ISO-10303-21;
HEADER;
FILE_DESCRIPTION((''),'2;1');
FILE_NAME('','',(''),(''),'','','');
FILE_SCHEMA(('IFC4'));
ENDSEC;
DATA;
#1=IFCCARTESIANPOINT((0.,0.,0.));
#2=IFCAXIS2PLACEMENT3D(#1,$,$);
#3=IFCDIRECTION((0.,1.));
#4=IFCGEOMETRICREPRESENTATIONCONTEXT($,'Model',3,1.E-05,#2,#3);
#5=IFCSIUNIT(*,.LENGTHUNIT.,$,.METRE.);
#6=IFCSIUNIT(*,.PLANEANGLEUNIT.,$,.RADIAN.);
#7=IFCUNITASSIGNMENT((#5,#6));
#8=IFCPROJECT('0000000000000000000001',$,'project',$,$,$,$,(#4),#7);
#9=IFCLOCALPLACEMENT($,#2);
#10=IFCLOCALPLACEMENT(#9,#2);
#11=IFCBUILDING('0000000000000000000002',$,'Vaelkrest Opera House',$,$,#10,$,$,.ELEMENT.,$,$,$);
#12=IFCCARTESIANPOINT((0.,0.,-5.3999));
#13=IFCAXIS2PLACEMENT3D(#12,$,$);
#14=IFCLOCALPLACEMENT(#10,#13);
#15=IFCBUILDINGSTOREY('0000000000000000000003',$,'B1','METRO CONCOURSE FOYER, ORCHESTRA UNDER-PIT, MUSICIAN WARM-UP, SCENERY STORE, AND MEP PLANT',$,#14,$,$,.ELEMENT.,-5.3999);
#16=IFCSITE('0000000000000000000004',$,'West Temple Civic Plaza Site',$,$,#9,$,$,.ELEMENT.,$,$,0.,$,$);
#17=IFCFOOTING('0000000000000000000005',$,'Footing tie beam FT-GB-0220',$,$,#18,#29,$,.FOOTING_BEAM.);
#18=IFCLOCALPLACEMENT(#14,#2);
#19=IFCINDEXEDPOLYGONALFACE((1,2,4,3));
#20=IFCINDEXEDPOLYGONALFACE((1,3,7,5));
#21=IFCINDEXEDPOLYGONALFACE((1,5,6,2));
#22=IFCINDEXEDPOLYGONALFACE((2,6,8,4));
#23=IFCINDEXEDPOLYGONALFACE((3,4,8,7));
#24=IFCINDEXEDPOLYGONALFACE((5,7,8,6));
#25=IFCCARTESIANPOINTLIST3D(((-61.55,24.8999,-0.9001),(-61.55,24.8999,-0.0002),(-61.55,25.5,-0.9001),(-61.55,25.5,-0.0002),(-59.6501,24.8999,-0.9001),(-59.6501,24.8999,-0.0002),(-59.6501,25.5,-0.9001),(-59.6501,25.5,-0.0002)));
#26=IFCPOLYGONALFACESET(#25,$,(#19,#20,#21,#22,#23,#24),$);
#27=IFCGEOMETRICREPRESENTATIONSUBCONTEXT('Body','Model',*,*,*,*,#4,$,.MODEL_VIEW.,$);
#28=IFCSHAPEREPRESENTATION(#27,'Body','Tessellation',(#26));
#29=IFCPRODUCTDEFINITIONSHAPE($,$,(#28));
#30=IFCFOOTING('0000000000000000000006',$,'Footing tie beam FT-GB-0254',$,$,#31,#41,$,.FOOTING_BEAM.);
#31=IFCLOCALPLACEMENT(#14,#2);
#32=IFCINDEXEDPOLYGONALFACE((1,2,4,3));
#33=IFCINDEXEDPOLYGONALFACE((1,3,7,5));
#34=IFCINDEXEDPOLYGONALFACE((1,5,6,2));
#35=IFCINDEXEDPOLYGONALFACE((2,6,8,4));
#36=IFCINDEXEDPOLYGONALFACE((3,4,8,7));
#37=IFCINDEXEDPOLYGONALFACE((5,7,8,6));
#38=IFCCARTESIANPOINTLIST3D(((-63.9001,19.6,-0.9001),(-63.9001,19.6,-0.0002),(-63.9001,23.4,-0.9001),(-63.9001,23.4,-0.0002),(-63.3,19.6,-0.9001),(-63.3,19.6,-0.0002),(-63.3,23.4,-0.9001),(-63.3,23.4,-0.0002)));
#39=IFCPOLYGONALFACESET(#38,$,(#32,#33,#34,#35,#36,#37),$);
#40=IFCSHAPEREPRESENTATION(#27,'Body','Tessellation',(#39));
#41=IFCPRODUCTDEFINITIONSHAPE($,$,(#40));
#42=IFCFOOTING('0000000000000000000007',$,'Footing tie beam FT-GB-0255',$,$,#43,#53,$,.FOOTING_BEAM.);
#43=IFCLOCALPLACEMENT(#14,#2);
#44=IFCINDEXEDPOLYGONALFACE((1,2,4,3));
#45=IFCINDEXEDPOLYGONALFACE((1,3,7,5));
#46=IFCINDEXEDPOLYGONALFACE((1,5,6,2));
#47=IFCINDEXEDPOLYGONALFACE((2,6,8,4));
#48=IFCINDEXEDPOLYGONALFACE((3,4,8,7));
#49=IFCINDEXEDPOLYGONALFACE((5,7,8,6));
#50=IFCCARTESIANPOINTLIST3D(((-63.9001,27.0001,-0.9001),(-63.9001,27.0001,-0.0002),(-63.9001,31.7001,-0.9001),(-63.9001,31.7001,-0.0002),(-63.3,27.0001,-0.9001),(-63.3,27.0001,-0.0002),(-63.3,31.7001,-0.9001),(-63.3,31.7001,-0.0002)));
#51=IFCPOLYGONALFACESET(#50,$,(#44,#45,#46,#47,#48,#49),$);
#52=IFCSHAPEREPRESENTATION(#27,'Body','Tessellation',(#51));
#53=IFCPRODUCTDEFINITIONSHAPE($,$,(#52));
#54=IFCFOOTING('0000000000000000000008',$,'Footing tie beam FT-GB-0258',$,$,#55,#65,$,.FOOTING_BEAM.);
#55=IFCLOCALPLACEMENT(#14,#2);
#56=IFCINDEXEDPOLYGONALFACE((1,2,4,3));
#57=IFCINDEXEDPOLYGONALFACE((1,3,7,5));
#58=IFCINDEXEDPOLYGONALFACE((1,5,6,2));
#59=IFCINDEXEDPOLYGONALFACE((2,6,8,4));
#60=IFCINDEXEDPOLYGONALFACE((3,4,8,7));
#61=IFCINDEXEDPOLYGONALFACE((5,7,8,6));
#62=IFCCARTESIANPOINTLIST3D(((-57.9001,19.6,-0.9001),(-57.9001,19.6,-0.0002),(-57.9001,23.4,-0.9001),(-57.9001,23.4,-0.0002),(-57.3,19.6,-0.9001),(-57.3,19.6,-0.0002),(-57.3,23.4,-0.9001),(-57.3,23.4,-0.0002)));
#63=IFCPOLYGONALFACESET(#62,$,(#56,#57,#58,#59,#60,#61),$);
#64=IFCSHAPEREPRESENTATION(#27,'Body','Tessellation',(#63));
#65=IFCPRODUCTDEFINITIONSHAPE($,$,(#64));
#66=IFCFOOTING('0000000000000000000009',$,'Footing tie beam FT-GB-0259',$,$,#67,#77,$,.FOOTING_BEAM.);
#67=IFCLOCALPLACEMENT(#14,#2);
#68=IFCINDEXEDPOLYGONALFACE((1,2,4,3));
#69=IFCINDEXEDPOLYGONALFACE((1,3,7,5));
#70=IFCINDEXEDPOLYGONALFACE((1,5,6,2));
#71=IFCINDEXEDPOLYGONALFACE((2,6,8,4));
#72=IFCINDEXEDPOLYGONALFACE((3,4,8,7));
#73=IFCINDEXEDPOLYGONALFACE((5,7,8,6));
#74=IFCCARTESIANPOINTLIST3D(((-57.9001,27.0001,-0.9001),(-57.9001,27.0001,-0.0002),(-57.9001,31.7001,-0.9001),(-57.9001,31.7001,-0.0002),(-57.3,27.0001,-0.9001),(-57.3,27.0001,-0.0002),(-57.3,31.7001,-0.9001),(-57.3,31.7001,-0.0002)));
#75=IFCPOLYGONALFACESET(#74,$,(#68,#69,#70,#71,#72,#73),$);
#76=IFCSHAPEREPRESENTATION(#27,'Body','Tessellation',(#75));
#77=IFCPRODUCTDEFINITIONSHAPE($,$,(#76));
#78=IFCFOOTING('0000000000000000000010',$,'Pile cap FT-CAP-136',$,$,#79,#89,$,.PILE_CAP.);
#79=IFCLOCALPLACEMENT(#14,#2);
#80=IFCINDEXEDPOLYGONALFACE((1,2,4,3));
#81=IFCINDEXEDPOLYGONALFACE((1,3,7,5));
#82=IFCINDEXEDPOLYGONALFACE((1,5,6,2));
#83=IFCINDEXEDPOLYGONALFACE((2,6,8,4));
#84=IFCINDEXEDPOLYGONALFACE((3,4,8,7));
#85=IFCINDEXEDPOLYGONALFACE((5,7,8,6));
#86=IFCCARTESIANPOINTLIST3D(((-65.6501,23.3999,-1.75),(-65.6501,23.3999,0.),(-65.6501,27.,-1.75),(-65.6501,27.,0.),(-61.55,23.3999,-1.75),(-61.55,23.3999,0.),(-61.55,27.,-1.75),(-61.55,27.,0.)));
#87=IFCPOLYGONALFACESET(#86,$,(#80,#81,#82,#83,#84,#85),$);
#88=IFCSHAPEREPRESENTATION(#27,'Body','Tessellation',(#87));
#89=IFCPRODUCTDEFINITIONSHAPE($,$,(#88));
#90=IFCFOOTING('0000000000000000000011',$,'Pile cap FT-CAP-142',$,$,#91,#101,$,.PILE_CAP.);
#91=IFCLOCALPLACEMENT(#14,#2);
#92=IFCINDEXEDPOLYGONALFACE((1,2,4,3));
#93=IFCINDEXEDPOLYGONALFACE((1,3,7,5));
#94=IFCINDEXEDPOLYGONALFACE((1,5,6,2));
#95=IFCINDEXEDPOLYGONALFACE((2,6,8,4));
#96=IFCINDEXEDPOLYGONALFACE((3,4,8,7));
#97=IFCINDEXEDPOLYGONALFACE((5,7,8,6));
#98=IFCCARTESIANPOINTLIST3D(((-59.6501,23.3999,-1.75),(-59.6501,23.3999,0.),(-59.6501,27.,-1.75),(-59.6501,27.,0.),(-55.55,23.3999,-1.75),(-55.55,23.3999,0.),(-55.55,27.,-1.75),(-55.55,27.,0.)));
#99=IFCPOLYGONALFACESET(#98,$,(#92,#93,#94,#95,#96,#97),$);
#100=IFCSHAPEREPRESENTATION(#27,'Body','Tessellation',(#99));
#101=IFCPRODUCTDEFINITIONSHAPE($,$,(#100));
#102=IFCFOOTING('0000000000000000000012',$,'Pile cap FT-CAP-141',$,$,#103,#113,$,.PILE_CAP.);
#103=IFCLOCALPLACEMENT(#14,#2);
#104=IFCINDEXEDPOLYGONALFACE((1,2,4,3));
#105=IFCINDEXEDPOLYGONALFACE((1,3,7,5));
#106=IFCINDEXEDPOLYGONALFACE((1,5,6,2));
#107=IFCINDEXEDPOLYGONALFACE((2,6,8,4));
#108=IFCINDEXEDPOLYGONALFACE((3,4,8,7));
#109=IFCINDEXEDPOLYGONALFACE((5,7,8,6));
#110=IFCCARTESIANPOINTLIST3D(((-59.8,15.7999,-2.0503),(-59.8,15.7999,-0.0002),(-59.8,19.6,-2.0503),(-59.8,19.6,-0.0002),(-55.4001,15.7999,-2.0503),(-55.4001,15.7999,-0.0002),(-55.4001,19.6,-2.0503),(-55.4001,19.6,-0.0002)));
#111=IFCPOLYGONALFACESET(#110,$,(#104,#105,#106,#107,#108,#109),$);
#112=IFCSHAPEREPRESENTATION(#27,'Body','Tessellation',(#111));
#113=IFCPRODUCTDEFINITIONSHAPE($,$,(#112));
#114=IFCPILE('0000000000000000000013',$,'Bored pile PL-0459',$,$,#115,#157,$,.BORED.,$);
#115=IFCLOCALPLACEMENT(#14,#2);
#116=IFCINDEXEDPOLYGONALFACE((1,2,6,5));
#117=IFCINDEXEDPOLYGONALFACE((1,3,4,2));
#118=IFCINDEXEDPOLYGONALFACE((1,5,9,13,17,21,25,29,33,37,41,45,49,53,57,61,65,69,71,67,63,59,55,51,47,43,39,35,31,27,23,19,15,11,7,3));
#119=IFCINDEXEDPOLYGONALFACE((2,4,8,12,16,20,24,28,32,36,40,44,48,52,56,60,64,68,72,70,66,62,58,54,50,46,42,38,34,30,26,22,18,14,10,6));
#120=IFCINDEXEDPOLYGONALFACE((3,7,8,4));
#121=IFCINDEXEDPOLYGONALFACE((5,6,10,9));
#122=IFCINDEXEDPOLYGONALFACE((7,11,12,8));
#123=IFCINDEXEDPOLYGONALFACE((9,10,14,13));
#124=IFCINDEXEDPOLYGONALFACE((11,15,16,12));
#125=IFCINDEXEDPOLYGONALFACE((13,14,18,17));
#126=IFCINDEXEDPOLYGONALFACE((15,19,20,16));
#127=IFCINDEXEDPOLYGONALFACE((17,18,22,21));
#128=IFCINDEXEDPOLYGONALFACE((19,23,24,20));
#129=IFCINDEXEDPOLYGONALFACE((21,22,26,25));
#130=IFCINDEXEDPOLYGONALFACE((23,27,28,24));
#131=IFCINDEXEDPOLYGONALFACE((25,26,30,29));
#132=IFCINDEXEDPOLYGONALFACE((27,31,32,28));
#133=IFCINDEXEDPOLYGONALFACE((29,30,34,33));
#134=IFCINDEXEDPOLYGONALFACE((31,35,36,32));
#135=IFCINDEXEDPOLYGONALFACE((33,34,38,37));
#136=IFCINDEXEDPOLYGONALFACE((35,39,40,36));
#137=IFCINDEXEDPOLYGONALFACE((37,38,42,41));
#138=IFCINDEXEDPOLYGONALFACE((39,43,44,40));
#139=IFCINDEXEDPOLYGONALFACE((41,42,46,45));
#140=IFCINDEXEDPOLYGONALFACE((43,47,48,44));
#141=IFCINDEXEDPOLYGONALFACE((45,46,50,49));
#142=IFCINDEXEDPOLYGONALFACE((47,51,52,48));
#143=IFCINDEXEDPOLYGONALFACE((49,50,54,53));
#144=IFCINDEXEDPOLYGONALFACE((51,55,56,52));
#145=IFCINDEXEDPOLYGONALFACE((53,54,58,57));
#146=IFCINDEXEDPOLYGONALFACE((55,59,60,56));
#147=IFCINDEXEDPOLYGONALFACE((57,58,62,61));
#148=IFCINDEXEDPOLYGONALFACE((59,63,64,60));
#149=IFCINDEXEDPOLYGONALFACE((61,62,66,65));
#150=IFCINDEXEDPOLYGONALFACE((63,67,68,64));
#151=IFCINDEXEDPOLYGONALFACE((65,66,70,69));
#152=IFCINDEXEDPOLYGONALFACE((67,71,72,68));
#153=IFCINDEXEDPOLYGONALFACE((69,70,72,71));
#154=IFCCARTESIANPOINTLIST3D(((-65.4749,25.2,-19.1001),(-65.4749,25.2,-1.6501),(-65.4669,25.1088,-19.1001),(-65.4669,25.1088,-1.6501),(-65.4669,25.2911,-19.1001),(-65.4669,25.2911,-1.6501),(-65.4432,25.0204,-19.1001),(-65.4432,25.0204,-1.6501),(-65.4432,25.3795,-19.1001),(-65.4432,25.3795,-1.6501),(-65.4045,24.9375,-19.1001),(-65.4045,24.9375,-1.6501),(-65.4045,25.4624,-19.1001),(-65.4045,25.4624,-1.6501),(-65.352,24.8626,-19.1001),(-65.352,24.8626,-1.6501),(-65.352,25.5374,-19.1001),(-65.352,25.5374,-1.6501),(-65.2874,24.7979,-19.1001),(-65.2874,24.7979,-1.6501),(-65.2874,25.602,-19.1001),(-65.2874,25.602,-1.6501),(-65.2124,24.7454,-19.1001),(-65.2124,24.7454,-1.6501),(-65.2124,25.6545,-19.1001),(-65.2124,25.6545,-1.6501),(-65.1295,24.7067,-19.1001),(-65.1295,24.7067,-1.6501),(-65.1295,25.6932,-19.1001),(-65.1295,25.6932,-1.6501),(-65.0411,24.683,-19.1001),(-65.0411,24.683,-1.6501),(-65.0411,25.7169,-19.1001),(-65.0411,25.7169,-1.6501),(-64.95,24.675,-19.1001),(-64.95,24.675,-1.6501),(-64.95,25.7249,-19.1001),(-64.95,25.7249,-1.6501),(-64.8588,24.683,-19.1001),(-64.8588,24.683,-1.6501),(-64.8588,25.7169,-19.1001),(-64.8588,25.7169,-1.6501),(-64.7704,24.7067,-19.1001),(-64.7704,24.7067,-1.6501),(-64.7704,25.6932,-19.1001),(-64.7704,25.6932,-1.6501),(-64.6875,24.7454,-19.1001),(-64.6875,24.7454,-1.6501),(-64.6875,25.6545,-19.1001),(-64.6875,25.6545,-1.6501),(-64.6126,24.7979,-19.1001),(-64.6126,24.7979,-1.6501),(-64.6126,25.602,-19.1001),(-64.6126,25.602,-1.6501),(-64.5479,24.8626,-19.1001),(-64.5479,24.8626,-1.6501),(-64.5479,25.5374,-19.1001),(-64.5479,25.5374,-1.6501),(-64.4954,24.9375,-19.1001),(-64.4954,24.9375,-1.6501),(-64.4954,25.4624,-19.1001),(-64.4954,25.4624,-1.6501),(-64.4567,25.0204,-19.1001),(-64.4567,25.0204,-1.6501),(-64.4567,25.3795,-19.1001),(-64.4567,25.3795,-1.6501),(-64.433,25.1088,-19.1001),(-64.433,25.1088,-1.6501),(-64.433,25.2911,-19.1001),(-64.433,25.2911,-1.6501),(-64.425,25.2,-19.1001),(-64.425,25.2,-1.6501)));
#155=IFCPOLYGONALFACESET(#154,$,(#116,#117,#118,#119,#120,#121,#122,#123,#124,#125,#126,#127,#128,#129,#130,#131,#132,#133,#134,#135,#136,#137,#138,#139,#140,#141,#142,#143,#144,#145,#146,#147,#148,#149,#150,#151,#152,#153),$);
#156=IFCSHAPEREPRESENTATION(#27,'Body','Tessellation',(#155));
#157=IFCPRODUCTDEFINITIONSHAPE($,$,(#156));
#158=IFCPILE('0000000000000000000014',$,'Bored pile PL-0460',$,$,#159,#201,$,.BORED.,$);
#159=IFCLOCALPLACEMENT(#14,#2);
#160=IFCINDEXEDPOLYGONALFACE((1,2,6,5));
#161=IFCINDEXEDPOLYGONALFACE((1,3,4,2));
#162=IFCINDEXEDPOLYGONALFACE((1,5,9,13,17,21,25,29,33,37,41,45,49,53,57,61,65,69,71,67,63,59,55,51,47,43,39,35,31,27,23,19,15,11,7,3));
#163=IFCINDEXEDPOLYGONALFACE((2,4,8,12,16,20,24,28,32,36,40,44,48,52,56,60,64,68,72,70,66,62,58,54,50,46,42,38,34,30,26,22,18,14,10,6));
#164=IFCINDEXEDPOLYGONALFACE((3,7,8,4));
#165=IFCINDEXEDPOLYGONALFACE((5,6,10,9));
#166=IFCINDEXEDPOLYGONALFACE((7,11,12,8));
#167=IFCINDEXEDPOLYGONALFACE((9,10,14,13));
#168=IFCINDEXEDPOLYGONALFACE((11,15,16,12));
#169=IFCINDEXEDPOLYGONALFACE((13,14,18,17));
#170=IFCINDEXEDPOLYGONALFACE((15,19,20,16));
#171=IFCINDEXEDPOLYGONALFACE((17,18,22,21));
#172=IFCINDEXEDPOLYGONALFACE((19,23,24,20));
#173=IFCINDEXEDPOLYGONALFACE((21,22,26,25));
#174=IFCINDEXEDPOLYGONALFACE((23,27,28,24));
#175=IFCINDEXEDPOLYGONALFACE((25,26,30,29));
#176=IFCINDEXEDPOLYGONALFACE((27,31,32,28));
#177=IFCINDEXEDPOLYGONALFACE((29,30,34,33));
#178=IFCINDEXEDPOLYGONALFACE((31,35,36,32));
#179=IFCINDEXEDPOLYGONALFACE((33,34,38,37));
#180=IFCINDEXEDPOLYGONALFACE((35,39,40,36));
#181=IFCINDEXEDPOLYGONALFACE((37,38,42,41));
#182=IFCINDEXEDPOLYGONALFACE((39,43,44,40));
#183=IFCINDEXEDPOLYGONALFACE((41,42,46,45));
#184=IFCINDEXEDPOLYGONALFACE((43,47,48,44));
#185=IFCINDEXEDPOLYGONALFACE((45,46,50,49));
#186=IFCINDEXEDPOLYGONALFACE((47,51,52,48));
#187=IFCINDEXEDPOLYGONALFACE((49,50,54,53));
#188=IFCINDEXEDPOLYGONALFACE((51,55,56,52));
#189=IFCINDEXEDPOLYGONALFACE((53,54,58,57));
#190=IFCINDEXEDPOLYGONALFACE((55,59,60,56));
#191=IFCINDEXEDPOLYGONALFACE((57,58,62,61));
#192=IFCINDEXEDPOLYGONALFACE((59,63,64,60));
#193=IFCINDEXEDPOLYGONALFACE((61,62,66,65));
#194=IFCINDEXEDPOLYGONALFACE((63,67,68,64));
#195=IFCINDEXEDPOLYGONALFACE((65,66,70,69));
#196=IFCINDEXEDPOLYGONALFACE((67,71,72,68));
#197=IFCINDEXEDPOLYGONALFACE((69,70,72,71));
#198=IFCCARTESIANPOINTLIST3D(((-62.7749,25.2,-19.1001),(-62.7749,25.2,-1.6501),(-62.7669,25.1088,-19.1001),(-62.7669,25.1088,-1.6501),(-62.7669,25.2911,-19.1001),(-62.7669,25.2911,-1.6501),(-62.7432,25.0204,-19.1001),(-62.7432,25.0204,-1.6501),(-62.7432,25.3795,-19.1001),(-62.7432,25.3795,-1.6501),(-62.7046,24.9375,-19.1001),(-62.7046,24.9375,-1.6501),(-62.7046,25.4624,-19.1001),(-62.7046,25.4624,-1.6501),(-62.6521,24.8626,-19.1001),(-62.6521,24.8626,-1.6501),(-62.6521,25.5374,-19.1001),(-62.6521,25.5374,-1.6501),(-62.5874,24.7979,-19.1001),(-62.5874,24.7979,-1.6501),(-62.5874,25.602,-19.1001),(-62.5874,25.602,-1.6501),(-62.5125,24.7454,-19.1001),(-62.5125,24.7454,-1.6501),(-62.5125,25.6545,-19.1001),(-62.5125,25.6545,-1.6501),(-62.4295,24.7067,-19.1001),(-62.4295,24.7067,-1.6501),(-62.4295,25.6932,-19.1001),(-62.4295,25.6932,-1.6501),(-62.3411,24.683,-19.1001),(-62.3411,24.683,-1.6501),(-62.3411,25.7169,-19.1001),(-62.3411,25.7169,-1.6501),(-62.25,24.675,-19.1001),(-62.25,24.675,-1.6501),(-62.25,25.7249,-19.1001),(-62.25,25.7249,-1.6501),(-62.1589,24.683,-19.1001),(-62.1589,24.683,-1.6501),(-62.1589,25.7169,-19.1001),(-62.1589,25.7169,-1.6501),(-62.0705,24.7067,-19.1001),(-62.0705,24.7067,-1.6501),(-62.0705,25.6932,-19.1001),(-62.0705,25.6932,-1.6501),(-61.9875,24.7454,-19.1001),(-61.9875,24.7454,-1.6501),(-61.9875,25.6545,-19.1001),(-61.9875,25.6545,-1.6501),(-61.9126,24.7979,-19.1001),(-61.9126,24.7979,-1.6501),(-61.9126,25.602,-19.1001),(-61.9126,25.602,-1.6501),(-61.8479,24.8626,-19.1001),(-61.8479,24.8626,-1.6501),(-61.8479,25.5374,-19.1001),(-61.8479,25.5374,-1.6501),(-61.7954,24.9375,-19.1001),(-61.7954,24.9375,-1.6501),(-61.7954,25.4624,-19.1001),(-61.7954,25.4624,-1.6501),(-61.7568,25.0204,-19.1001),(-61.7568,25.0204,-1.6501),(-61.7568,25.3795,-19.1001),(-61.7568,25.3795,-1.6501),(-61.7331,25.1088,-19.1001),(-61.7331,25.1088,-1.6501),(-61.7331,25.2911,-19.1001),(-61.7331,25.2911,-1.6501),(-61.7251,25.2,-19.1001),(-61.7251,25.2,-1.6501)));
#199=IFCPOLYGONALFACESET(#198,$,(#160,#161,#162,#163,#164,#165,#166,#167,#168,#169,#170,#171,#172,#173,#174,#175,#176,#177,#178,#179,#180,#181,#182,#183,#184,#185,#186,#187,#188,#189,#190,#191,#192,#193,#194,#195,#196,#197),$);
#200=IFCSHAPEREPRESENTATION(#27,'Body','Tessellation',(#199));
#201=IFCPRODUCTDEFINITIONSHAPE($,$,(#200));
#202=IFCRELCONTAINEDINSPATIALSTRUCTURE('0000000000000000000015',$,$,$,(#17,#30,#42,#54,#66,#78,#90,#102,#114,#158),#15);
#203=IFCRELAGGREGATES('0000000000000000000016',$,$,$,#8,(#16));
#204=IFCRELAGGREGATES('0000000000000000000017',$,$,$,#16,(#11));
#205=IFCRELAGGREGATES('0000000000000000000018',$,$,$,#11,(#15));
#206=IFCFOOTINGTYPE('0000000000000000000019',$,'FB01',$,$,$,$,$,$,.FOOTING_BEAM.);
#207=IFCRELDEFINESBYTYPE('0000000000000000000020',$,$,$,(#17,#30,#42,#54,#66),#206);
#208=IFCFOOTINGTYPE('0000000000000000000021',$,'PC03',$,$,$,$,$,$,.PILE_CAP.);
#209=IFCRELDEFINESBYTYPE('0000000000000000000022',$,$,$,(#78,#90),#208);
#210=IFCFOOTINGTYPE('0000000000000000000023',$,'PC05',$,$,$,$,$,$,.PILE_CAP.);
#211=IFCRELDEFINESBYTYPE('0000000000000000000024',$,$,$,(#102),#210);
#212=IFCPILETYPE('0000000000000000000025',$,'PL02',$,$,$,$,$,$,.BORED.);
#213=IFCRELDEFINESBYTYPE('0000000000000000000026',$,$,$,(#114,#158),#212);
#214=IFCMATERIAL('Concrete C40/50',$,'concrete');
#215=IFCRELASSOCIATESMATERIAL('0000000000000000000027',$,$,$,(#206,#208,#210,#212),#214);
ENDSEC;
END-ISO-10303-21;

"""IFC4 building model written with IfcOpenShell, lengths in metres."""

from ifc_helpers import new_model, si_unit, direction, frame, origin, origin_2d, place, context, subcontext, project, spatial, rectangle, circle, extrude, material, material_profile, profile_set, type_object, element, save


model = new_model("IFC4")

# Units and contexts
model_context = context("Model", 3, precision=1e-05, world=origin(), true_north=direction((0.0, 1.0)))
body_context = subcontext(model_context, "Body", "Model", "MODEL_VIEW")
ifc_project = project(units=[si_unit("LENGTHUNIT", "METRE"), si_unit("PLANEANGLEUNIT", "RADIAN")], contexts=[model_context])

# Site, building, storey
site_placement = place(None, origin())
site = spatial("IfcSite", under=ifc_project, at=site_placement, Name="West Temple Civic Plaza Site", CompositionType="ELEMENT", RefElevation=0.0)
building_placement = place(site_placement, origin())
building = spatial("IfcBuilding", under=site, at=building_placement, Name="Vaelkrest Opera House", CompositionType="ELEMENT")
storey_placement = place(building_placement, frame((0.0, 0.0, -5.3999)))
storey = spatial("IfcBuildingStorey", under=building, at=storey_placement, Name="B1", Description="METRO CONCOURSE FOYER, ORCHESTRA UNDER-PIT, MUSICIAN WARM-UP, SCENERY STORE, AND MEP PLANT", CompositionType="ELEMENT", Elevation=-5.3999)

# Footings
ifc_material_1 = material(Name="Concrete C40/50", Category="concrete")
footing_type_1 = type_object("IfcFootingType", Name="FB01", PredefinedType="FOOTING_BEAM", material=ifc_material_1)
footing_1_placement = place(storey_placement, frame((-60.6001, 25.2, -0.9001), z_axis=(0.0, 0.0, 1.0), x_axis=(1.0, 0.0, 0.0)))
element("IfcFooting", 1, at=footing_1_placement, inside=storey, type_object=footing_type_1, Name="Footing tie beam FT-GB-0220", PredefinedType="FOOTING_BEAM", context=body_context, shape_type="SweptSolid", body=[
    extrude(rectangle(XDim=1.8999, YDim=0.6001, at=origin_2d()), origin(), (0.0, 0.0, 1.0), 0.8999),
])
footing_2_placement = place(storey_placement, frame((-63.6001, 21.5, -0.9001), z_axis=(0.0, 0.0, 1.0), x_axis=(0.0, 1.0, 0.0)))
element("IfcFooting", 2, at=footing_2_placement, inside=storey, type_object=footing_type_1, Name="Footing tie beam FT-GB-0254", PredefinedType="FOOTING_BEAM", context=body_context, shape_type="SweptSolid", body=[
    extrude(rectangle(XDim=3.8, YDim=0.6001, at=origin_2d()), origin(), (0.0, 0.0, 1.0), 0.8999),
])
footing_3_placement = place(storey_placement, frame((-63.6001, 29.3501, -0.9001), z_axis=(0.0, 0.0, 1.0), x_axis=(0.0, 1.0, 0.0)))
element("IfcFooting", 3, at=footing_3_placement, inside=storey, type_object=footing_type_1, Name="Footing tie beam FT-GB-0255", PredefinedType="FOOTING_BEAM", context=body_context, shape_type="SweptSolid", body=[
    extrude(rectangle(XDim=4.7, YDim=0.6001, at=origin_2d()), origin(), (0.0, 0.0, 1.0), 0.8999),
])
footing_4_placement = place(storey_placement, frame((-57.6001, 21.5, -0.9001), z_axis=(0.0, 0.0, 1.0), x_axis=(0.0, 1.0, 0.0)))
element("IfcFooting", 4, at=footing_4_placement, inside=storey, type_object=footing_type_1, Name="Footing tie beam FT-GB-0258", PredefinedType="FOOTING_BEAM", context=body_context, shape_type="SweptSolid", body=[
    extrude(rectangle(XDim=3.8, YDim=0.6001, at=origin_2d()), origin(), (0.0, 0.0, 1.0), 0.8999),
])
footing_5_placement = place(storey_placement, frame((-57.6001, 29.3501, -0.9001), z_axis=(0.0, 0.0, 1.0), x_axis=(0.0, 1.0, 0.0)))
element("IfcFooting", 5, at=footing_5_placement, inside=storey, type_object=footing_type_1, Name="Footing tie beam FT-GB-0259", PredefinedType="FOOTING_BEAM", context=body_context, shape_type="SweptSolid", body=[
    extrude(rectangle(XDim=4.7, YDim=0.6001, at=origin_2d()), origin(), (0.0, 0.0, 1.0), 0.8999),
])
footing_type_2 = type_object("IfcFootingType", Name="PC03", PredefinedType="PILE_CAP", material=ifc_material_1)
for number, where, z_axis, x_axis, name in (
    (6, (-63.6001, 25.2, -1.75), (0.0, 0.0, 1.0), (1.0, 0.0, 0.0), "Pile cap FT-CAP-136"),
    (7, (-57.6001, 25.2, -1.75), (0.0, 0.0, 1.0), (1.0, 0.0, 0.0), "Pile cap FT-CAP-142"),
):
    element("IfcFooting", number, at=place(storey_placement, frame(where, z_axis=z_axis, x_axis=x_axis)), inside=storey, type_object=footing_type_2, Name=name, PredefinedType="PILE_CAP", context=body_context, shape_type="SweptSolid", body=[
        extrude(rectangle(XDim=4.1001, YDim=3.6001, at=origin_2d()), origin(), (0.0, 0.0, 1.0), 1.75),
    ])
footing_type_3 = type_object("IfcFootingType", Name="PC05", PredefinedType="PILE_CAP", material=ifc_material_1)
footing_6_placement = place(storey_placement, frame((-57.6001, 17.7, -2.0503), z_axis=(0.0, 0.0, 1.0), x_axis=(1.0, 0.0, 0.0)))
element("IfcFooting", 8, at=footing_6_placement, inside=storey, type_object=footing_type_3, Name="Pile cap FT-CAP-141", PredefinedType="PILE_CAP", context=body_context, shape_type="SweptSolid", body=[
    extrude(rectangle(XDim=4.3999, YDim=3.8, at=origin_2d()), origin(), (0.0, 0.0, 1.0), 2.05),
])

# Piles
ifc_material_profile_1 = material_profile(ifc_material_1, circle(Radius=0.5249, at=origin_2d()), Name="PILE1050")
ifc_profile_set_1 = profile_set([ifc_material_profile_1], Name="Concrete C40/50")
pile_type = type_object("IfcPileType", Name="PL02", PredefinedType="BORED", material=ifc_profile_set_1)
for number, where, z_axis, x_axis, name in (
    (9, (-64.95, 25.2, -1.6501), (0.0, 0.0, -1.0), (1.0, 0.0, 0.0), "Bored pile PL-0459"),
    (10, (-62.25, 25.2, -1.6501), (0.0, 0.0, -1.0), (1.0, 0.0, 0.0), "Bored pile PL-0460"),
):
    element("IfcPile", number, at=place(storey_placement, frame(where, z_axis=z_axis, x_axis=x_axis)), inside=storey, type_object=pile_type, Name=name, PredefinedType="BORED", context=body_context, shape_type="SweptSolid", body=[
        extrude(circle(Radius=0.5249, at=origin_2d()), origin(), (0.0, 0.0, 1.0), 17.45),
    ])

save(model, "model.ifc")
